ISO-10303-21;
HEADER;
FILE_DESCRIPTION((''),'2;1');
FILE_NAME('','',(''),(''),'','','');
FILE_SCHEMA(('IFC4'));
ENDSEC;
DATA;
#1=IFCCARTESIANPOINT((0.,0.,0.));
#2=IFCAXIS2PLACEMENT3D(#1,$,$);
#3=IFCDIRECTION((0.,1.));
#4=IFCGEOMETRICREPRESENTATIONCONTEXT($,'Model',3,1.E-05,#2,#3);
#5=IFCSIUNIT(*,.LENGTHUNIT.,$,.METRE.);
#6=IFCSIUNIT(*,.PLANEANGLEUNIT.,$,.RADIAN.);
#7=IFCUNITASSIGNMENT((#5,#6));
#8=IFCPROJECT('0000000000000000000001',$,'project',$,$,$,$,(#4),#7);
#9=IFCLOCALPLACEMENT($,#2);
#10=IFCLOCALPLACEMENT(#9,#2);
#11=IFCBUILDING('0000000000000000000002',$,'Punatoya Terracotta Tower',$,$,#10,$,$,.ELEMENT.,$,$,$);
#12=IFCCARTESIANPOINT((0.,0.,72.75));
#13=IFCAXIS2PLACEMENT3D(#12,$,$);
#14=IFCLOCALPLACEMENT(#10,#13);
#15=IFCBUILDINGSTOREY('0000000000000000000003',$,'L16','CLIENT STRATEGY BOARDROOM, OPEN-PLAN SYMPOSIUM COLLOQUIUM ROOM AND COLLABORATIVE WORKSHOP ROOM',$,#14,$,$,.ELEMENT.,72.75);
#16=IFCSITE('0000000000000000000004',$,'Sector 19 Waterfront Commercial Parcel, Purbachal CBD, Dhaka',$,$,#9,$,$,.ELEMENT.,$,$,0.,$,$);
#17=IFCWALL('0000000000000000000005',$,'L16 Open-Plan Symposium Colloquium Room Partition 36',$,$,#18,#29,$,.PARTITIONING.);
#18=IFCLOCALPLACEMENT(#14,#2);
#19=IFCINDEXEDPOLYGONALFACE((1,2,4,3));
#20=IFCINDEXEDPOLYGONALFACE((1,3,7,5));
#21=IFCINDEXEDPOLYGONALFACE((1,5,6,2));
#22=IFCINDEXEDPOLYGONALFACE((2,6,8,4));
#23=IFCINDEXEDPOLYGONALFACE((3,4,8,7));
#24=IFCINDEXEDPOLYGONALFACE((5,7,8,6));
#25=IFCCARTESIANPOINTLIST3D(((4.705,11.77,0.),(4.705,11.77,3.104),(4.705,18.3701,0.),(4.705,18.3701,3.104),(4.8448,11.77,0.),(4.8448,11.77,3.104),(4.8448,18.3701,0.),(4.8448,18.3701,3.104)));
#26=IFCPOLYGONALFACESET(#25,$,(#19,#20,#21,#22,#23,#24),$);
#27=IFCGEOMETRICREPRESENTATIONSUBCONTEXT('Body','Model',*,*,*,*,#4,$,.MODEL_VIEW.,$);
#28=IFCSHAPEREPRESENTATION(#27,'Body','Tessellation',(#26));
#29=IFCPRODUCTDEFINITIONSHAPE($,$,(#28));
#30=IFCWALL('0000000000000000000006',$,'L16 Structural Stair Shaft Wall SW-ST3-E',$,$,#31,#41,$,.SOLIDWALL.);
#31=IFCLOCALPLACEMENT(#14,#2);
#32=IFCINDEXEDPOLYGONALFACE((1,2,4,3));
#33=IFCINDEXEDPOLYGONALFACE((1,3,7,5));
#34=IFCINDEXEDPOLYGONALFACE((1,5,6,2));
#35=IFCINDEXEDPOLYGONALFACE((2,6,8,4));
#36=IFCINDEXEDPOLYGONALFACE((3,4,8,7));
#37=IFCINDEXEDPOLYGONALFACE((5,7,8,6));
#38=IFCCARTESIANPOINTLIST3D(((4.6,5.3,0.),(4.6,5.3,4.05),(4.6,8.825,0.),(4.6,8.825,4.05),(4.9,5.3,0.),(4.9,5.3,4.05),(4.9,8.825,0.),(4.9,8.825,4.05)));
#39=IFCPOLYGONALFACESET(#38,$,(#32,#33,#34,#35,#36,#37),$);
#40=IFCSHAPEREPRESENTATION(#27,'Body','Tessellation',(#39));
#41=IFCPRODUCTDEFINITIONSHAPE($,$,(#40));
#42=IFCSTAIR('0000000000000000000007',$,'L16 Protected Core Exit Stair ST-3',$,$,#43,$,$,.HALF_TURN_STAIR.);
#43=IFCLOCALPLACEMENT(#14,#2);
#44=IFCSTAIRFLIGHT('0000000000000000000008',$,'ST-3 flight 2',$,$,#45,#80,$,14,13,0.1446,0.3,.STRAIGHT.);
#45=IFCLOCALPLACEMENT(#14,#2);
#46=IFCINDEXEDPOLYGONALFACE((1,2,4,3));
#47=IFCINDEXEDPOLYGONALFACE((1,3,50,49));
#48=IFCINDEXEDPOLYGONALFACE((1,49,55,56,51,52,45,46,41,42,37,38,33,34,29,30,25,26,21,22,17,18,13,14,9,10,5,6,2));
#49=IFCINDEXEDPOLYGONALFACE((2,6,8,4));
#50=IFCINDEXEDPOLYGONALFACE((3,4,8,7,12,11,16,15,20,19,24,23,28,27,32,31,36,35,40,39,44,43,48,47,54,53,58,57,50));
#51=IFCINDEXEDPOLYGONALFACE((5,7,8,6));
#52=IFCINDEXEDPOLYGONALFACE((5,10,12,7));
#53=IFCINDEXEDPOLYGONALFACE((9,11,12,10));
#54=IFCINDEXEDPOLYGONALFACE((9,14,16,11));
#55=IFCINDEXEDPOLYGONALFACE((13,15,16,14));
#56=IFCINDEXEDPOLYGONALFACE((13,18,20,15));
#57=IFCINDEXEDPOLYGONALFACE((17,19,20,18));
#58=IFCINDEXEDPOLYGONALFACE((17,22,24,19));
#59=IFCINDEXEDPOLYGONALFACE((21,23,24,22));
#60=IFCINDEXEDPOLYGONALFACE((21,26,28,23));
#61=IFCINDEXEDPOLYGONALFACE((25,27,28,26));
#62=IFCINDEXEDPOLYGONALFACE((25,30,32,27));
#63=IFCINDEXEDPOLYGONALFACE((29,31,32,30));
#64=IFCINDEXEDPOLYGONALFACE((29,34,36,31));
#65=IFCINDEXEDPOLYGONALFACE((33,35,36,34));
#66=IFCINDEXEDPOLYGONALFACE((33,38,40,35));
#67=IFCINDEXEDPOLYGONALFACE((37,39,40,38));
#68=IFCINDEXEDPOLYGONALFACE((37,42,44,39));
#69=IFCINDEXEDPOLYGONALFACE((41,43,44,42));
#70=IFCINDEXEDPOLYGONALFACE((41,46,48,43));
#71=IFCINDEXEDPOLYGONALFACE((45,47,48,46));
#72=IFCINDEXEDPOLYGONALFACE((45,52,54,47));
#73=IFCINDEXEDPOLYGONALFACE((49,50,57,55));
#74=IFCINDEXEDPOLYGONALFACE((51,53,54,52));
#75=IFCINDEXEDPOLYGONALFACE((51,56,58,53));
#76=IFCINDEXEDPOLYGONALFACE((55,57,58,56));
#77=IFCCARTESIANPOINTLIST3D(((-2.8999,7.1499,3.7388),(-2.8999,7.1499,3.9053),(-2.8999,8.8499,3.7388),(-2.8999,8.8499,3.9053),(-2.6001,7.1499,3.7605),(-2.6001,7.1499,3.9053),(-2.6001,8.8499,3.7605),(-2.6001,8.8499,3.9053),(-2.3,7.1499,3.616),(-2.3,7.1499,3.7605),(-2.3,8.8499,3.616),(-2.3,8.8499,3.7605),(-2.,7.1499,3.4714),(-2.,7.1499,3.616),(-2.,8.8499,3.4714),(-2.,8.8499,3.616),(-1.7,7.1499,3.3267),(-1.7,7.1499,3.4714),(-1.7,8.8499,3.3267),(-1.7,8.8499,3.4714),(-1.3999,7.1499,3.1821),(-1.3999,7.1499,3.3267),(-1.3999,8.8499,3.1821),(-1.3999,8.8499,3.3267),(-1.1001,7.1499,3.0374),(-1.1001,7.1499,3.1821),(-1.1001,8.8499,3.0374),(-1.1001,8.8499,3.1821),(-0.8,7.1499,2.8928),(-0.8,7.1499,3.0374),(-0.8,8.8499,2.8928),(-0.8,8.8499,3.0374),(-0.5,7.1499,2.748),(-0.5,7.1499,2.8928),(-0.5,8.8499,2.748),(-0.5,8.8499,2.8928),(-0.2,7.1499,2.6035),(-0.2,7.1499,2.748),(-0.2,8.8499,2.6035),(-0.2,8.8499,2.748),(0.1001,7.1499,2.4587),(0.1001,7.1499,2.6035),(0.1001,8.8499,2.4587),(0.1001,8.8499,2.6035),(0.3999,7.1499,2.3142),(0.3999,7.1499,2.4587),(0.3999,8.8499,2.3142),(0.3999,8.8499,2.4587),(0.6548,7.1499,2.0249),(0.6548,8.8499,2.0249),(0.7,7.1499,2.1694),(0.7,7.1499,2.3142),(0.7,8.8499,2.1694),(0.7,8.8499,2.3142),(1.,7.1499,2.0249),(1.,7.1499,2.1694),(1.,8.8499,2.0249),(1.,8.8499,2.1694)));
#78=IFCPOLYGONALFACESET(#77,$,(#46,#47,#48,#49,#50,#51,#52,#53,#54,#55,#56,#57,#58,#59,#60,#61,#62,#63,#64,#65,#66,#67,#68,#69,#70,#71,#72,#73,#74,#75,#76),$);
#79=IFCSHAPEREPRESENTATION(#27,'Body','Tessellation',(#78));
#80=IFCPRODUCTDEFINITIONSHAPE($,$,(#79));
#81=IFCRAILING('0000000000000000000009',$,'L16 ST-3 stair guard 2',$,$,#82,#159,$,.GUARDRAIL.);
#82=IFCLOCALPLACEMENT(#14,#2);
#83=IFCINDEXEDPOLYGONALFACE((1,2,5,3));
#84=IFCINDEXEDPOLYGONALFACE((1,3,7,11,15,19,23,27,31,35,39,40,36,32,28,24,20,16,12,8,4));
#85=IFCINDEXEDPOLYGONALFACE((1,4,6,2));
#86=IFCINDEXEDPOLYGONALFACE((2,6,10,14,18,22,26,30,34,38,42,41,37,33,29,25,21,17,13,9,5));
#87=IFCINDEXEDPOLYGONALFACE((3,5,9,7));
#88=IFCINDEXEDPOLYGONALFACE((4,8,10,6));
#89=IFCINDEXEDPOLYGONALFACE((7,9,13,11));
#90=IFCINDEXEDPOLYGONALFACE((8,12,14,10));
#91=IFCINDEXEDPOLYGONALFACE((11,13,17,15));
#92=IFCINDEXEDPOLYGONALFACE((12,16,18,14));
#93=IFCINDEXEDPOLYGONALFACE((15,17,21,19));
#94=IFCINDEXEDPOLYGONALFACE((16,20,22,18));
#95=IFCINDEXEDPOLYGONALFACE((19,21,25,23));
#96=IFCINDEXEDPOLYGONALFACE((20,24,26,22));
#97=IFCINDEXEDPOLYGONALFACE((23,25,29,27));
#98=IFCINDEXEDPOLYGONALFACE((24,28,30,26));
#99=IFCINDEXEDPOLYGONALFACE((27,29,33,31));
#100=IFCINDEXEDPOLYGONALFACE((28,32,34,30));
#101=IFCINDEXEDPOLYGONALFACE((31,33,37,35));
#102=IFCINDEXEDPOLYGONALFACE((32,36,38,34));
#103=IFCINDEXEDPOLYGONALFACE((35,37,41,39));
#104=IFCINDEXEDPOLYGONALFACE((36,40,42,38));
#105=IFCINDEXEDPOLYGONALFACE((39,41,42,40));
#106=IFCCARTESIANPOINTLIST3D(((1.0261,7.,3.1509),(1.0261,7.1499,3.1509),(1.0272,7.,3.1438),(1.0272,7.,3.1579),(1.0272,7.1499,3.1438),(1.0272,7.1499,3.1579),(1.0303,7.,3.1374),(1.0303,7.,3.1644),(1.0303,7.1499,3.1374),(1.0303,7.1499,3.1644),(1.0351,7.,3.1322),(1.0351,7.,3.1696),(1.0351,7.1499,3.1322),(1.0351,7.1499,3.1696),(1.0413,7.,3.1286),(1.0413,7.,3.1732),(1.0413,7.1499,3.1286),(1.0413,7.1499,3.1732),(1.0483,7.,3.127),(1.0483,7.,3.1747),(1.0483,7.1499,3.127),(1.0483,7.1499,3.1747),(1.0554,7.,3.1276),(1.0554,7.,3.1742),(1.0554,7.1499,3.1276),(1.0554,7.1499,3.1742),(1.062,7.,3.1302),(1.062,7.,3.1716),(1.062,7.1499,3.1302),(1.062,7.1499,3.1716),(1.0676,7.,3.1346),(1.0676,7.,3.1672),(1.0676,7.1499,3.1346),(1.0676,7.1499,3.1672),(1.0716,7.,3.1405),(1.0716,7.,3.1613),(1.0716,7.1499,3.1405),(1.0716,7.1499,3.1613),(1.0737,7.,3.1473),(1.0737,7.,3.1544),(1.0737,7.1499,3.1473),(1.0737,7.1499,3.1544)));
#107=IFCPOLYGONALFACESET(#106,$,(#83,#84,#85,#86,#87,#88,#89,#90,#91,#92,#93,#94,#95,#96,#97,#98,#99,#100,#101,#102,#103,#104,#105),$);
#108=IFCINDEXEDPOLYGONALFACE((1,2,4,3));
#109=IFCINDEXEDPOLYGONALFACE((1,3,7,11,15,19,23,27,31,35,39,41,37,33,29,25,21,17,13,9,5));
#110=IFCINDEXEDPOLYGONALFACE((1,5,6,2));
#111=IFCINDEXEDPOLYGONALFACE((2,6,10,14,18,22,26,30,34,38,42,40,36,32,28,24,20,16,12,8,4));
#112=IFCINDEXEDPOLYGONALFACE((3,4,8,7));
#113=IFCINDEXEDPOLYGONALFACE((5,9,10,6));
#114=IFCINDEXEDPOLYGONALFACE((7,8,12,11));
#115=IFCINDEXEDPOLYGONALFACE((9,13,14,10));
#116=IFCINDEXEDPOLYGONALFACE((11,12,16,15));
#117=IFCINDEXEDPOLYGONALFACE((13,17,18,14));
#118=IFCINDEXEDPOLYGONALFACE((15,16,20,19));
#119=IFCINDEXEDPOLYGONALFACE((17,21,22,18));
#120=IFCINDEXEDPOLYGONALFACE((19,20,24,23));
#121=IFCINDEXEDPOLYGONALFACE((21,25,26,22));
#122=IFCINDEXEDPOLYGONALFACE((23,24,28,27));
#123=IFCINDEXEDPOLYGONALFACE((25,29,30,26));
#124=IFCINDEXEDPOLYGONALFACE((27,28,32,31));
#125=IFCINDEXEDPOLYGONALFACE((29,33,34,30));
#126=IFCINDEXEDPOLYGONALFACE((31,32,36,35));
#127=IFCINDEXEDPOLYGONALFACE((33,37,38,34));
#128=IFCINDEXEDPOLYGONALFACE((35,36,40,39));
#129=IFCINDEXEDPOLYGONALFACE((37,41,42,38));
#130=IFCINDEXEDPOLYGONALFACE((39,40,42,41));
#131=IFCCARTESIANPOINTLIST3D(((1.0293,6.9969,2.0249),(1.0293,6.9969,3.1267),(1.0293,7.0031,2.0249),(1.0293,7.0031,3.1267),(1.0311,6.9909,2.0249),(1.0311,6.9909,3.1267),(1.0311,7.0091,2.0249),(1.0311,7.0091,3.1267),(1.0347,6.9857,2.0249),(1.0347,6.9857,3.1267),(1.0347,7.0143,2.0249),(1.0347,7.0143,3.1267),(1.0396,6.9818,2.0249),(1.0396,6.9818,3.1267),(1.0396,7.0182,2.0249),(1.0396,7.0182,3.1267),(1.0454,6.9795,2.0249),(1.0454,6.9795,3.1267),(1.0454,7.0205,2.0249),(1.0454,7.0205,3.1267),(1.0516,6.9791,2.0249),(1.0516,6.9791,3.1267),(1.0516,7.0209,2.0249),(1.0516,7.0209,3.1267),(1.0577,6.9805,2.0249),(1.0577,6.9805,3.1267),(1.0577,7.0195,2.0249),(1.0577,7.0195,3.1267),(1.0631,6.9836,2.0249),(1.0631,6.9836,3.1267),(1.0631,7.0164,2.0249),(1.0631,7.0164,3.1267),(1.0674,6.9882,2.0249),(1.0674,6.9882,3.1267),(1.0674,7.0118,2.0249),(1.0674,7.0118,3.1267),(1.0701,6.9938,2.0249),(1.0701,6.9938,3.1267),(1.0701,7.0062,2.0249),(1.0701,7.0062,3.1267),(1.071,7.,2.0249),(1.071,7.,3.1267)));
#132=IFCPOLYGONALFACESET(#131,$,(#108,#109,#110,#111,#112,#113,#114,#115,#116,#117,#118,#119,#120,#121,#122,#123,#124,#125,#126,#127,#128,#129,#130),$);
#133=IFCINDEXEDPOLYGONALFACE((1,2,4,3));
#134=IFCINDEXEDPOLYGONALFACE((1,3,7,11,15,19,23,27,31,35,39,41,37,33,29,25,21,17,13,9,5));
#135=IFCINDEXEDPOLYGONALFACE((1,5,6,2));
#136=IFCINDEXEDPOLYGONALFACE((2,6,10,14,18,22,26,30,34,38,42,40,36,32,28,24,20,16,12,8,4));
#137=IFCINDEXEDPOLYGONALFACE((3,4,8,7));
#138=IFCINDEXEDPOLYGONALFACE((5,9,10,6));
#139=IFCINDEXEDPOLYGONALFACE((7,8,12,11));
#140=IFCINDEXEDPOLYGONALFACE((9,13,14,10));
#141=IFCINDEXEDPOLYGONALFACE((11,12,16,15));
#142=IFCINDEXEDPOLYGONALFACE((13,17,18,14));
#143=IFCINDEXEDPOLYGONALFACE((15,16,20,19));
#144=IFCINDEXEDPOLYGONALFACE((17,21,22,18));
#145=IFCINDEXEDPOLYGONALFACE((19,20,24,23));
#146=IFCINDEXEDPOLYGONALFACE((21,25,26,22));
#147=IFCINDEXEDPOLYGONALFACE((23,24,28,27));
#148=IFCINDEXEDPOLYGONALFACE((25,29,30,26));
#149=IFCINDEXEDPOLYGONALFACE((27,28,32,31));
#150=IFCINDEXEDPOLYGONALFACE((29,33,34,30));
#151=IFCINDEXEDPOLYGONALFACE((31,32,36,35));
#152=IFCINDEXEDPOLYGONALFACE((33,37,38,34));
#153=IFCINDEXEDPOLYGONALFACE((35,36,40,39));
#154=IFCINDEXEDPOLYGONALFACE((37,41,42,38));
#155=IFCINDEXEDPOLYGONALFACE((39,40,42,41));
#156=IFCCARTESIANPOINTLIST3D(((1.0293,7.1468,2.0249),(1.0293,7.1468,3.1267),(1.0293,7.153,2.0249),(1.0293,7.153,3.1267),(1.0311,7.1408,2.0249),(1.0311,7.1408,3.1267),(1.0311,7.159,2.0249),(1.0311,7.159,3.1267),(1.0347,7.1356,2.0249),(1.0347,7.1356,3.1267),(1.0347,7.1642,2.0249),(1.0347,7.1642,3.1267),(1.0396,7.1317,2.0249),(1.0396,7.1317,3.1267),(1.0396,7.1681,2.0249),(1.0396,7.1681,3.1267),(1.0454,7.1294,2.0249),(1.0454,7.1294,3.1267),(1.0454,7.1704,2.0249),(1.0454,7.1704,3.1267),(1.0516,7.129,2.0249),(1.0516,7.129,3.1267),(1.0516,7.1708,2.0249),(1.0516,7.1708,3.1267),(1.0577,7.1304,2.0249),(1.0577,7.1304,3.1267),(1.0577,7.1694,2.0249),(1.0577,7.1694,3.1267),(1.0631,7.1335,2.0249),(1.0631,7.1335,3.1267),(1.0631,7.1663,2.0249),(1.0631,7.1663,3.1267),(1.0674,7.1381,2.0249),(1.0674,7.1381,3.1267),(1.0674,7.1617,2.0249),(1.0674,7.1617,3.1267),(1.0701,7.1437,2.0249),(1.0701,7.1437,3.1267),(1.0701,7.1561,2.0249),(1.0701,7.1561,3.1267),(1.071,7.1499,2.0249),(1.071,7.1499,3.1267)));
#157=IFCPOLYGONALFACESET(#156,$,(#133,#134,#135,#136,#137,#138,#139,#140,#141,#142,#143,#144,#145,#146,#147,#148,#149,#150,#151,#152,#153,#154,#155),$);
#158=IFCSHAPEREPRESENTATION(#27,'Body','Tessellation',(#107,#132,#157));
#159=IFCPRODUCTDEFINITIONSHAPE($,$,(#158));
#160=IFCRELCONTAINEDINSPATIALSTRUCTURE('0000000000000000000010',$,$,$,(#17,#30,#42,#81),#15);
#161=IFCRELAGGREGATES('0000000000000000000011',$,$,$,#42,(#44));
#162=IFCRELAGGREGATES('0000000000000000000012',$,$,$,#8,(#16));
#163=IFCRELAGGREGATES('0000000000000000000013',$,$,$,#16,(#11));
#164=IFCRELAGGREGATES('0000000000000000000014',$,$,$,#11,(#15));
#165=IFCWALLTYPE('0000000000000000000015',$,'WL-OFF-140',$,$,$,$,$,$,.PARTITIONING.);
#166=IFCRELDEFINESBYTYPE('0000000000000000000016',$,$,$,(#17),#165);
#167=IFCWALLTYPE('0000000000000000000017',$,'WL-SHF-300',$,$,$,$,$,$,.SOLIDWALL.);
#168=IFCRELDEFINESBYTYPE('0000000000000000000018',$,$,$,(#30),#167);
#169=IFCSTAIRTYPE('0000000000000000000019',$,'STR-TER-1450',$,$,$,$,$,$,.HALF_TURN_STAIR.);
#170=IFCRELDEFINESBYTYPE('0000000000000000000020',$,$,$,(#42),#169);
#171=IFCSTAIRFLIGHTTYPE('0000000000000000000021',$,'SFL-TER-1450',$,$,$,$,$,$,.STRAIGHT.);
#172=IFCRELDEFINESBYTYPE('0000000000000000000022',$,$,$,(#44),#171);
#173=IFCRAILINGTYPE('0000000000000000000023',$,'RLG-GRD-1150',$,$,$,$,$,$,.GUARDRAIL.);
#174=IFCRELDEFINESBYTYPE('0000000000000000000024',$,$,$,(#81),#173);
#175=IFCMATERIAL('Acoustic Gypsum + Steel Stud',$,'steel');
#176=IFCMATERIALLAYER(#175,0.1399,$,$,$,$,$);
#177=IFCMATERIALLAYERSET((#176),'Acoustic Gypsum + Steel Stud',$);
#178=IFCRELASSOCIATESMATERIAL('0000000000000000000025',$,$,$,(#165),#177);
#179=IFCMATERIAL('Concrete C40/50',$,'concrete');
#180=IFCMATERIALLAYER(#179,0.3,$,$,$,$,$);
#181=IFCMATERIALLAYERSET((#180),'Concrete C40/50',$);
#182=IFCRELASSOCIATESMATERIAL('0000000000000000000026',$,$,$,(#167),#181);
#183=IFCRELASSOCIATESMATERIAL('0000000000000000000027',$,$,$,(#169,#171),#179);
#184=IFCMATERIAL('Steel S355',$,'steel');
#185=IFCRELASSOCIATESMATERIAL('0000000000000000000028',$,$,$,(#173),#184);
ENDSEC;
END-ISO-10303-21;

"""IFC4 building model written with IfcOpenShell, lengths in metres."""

from ifc_helpers import new_model, si_unit, direction, frame, frame_2d, origin, origin_2d, place, context, subcontext, project, spatial, polyline, rectangle, circle, outline, extrude, material, layer, layer_set, type_object, element, aggregate, save


model = new_model("IFC4")

# Units and contexts
model_context = context("Model", 3, precision=1e-05, world=origin(), true_north=direction((0.0, 1.0)))
body_context = subcontext(model_context, "Body", "Model", "MODEL_VIEW")
ifc_project = project(units=[si_unit("LENGTHUNIT", "METRE"), si_unit("PLANEANGLEUNIT", "RADIAN")], contexts=[model_context])

# Site, building, storey
site_placement = place(None, origin())
site = spatial("IfcSite", under=ifc_project, at=site_placement, Name="Sector 19 Waterfront Commercial Parcel, Purbachal CBD, Dhaka", CompositionType="ELEMENT", RefElevation=0.0)
building_placement = place(site_placement, origin())
building = spatial("IfcBuilding", under=site, at=building_placement, Name="Punatoya Terracotta Tower", CompositionType="ELEMENT")
storey_placement = place(building_placement, frame((0.0, 0.0, 72.75)))
storey = spatial("IfcBuildingStorey", under=building, at=storey_placement, Name="L16", Description="CLIENT STRATEGY BOARDROOM, OPEN-PLAN SYMPOSIUM COLLOQUIUM ROOM AND COLLABORATIVE WORKSHOP ROOM", CompositionType="ELEMENT", Elevation=72.75)

# Shared definitions
ifc_material_1 = material(Name="Steel S355", Category="steel")

# Walls
ifc_material_2 = material(Name="Acoustic Gypsum + Steel Stud", Category="steel")
ifc_layer_1 = layer(ifc_material_2, 0.1399)
ifc_layer_set_1 = layer_set([ifc_layer_1], Name="Acoustic Gypsum + Steel Stud")
wall_type_1 = type_object("IfcWallType", Name="WL-OFF-140", PredefinedType="PARTITIONING", material=ifc_layer_set_1)
wall_1_placement = place(storey_placement, frame((4.7749, 11.77, 0.0), z_axis=(0.0, 0.0, 1.0), x_axis=(0.0, 1.0, 0.0)))
element("IfcWall", 1, at=wall_1_placement, inside=storey, type_object=wall_type_1, Name="L16 Open-Plan Symposium Colloquium Room Partition 36", PredefinedType="PARTITIONING", context=body_context, shape_type="SweptSolid", body=[
    extrude(rectangle(XDim=6.6001, YDim=0.1399, at=frame_2d((3.3, 0.0))), origin(), (0.0, 0.0, 1.0), 3.104),
])
ifc_material_3 = material(Name="Concrete C40/50", Category="concrete")
ifc_layer_2 = layer(ifc_material_3, 0.3)
ifc_layer_set_2 = layer_set([ifc_layer_2], Name="Concrete C40/50")
wall_type_2 = type_object("IfcWallType", Name="WL-SHF-300", PredefinedType="SOLIDWALL", material=ifc_layer_set_2)
wall_2_placement = place(storey_placement, frame((4.75, 8.825, 0.0), z_axis=(0.0, 0.0, 1.0), x_axis=(0.0, -1.0, 0.0)))
element("IfcWall", 2, at=wall_2_placement, inside=storey, type_object=wall_type_2, Name="L16 Structural Stair Shaft Wall SW-ST3-E", PredefinedType="SOLIDWALL", context=body_context, shape_type="SweptSolid", body=[
    extrude(rectangle(XDim=3.5249, YDim=0.3, at=frame_2d((1.7625, 0.0))), origin(), (0.0, 0.0, 1.0), 4.05),
])

# Stair, stair flight
stair_type = type_object("IfcStairType", Name="STR-TER-1450", PredefinedType="HALF_TURN_STAIR", material=ifc_material_3)
stair_placement = place(storey_placement, origin())
stair = element("IfcStair", 3, at=stair_placement, inside=storey, type_object=stair_type, Name="L16 Protected Core Exit Stair ST-3", PredefinedType="HALF_TURN_STAIR")
stair_flight_type = type_object("IfcStairFlightType", Name="SFL-TER-1450", PredefinedType="STRAIGHT", material=ifc_material_3)
stair_flight_placement = place(storey_placement, frame((1.0, 8.0, 2.0249), z_axis=(0.0, 0.0, 1.0), x_axis=(-1.0, 0.0, 0.0)))
stair_flight = element("IfcStairFlight", 4, at=stair_flight_placement, type_object=stair_flight_type, Name="ST-3 flight 2", NumberOfRisers=14, NumberOfTreads=13, PredefinedType="STRAIGHT", RiserHeight=0.1446, TreadLength=0.3, context=body_context, shape_type="SweptSolid", body=[
    extrude(outline(polyline([(0.0, 0.0), (0.0, 0.1445), (0.3, 0.1445), (0.3, 0.2893), (0.6001, 0.2893), (0.6001, 0.4338), (0.8999, 0.4338), (0.8999, 0.5786), (1.2, 0.5786), (1.2, 0.7231), (1.5, 0.7231), (1.5, 0.8679), (1.8, 0.8679), (1.8, 1.0125), (2.1001, 1.0125), (2.1001, 1.1572), (2.3999, 1.1572), (2.3999, 1.3018), (2.7, 1.3018), (2.7, 1.4465), (3.0, 1.4465), (3.0, 1.5911), (3.3, 1.5911), (3.3, 1.7356), (3.6001, 1.7356), (3.6001, 1.8804), (3.8999, 1.8804), (3.8999, 2.0249), (3.8999, 1.7139), (0.3452, 0.0), (0.0, 0.0)])), frame((0.0, 0.8501, 0.0), z_axis=(0.0, -1.0, 0.0), x_axis=(1.0, 0.0, 0.0)), (0.0, 0.0, 1.0), 1.7),
])
aggregate(stair, [stair_flight])

# Railing
railing_type_1 = type_object("IfcRailingType", Name="RLG-GRD-1150", PredefinedType="GUARDRAIL", material=ifc_material_1)
railing_1_placement = place(storey_placement, frame((1.05, 7.0, 2.0249)))
element("IfcRailing", 5, at=railing_1_placement, inside=storey, type_object=railing_type_1, Name="L16 ST-3 stair guard 2", PredefinedType="GUARDRAIL", context=body_context, shape_type="SweptSolid", body=[
    extrude(circle(Radius=0.0239, at=origin_2d()), frame((0.0, 0.0, 1.126), z_axis=(0.0, 1.0, 0.0), x_axis=(-1.0, 0.0, 0.0)), (0.0, 0.0, 1.0), 0.1499),
    extrude(circle(Radius=0.021, at=origin_2d()), origin(), (0.0, 0.0, 1.0), 1.1018),
    extrude(circle(Radius=0.021, at=origin_2d()), frame((0.0, 0.1499, 0.0)), (0.0, 0.0, 1.0), 1.1018),
])

save(model, "model.ifc")
